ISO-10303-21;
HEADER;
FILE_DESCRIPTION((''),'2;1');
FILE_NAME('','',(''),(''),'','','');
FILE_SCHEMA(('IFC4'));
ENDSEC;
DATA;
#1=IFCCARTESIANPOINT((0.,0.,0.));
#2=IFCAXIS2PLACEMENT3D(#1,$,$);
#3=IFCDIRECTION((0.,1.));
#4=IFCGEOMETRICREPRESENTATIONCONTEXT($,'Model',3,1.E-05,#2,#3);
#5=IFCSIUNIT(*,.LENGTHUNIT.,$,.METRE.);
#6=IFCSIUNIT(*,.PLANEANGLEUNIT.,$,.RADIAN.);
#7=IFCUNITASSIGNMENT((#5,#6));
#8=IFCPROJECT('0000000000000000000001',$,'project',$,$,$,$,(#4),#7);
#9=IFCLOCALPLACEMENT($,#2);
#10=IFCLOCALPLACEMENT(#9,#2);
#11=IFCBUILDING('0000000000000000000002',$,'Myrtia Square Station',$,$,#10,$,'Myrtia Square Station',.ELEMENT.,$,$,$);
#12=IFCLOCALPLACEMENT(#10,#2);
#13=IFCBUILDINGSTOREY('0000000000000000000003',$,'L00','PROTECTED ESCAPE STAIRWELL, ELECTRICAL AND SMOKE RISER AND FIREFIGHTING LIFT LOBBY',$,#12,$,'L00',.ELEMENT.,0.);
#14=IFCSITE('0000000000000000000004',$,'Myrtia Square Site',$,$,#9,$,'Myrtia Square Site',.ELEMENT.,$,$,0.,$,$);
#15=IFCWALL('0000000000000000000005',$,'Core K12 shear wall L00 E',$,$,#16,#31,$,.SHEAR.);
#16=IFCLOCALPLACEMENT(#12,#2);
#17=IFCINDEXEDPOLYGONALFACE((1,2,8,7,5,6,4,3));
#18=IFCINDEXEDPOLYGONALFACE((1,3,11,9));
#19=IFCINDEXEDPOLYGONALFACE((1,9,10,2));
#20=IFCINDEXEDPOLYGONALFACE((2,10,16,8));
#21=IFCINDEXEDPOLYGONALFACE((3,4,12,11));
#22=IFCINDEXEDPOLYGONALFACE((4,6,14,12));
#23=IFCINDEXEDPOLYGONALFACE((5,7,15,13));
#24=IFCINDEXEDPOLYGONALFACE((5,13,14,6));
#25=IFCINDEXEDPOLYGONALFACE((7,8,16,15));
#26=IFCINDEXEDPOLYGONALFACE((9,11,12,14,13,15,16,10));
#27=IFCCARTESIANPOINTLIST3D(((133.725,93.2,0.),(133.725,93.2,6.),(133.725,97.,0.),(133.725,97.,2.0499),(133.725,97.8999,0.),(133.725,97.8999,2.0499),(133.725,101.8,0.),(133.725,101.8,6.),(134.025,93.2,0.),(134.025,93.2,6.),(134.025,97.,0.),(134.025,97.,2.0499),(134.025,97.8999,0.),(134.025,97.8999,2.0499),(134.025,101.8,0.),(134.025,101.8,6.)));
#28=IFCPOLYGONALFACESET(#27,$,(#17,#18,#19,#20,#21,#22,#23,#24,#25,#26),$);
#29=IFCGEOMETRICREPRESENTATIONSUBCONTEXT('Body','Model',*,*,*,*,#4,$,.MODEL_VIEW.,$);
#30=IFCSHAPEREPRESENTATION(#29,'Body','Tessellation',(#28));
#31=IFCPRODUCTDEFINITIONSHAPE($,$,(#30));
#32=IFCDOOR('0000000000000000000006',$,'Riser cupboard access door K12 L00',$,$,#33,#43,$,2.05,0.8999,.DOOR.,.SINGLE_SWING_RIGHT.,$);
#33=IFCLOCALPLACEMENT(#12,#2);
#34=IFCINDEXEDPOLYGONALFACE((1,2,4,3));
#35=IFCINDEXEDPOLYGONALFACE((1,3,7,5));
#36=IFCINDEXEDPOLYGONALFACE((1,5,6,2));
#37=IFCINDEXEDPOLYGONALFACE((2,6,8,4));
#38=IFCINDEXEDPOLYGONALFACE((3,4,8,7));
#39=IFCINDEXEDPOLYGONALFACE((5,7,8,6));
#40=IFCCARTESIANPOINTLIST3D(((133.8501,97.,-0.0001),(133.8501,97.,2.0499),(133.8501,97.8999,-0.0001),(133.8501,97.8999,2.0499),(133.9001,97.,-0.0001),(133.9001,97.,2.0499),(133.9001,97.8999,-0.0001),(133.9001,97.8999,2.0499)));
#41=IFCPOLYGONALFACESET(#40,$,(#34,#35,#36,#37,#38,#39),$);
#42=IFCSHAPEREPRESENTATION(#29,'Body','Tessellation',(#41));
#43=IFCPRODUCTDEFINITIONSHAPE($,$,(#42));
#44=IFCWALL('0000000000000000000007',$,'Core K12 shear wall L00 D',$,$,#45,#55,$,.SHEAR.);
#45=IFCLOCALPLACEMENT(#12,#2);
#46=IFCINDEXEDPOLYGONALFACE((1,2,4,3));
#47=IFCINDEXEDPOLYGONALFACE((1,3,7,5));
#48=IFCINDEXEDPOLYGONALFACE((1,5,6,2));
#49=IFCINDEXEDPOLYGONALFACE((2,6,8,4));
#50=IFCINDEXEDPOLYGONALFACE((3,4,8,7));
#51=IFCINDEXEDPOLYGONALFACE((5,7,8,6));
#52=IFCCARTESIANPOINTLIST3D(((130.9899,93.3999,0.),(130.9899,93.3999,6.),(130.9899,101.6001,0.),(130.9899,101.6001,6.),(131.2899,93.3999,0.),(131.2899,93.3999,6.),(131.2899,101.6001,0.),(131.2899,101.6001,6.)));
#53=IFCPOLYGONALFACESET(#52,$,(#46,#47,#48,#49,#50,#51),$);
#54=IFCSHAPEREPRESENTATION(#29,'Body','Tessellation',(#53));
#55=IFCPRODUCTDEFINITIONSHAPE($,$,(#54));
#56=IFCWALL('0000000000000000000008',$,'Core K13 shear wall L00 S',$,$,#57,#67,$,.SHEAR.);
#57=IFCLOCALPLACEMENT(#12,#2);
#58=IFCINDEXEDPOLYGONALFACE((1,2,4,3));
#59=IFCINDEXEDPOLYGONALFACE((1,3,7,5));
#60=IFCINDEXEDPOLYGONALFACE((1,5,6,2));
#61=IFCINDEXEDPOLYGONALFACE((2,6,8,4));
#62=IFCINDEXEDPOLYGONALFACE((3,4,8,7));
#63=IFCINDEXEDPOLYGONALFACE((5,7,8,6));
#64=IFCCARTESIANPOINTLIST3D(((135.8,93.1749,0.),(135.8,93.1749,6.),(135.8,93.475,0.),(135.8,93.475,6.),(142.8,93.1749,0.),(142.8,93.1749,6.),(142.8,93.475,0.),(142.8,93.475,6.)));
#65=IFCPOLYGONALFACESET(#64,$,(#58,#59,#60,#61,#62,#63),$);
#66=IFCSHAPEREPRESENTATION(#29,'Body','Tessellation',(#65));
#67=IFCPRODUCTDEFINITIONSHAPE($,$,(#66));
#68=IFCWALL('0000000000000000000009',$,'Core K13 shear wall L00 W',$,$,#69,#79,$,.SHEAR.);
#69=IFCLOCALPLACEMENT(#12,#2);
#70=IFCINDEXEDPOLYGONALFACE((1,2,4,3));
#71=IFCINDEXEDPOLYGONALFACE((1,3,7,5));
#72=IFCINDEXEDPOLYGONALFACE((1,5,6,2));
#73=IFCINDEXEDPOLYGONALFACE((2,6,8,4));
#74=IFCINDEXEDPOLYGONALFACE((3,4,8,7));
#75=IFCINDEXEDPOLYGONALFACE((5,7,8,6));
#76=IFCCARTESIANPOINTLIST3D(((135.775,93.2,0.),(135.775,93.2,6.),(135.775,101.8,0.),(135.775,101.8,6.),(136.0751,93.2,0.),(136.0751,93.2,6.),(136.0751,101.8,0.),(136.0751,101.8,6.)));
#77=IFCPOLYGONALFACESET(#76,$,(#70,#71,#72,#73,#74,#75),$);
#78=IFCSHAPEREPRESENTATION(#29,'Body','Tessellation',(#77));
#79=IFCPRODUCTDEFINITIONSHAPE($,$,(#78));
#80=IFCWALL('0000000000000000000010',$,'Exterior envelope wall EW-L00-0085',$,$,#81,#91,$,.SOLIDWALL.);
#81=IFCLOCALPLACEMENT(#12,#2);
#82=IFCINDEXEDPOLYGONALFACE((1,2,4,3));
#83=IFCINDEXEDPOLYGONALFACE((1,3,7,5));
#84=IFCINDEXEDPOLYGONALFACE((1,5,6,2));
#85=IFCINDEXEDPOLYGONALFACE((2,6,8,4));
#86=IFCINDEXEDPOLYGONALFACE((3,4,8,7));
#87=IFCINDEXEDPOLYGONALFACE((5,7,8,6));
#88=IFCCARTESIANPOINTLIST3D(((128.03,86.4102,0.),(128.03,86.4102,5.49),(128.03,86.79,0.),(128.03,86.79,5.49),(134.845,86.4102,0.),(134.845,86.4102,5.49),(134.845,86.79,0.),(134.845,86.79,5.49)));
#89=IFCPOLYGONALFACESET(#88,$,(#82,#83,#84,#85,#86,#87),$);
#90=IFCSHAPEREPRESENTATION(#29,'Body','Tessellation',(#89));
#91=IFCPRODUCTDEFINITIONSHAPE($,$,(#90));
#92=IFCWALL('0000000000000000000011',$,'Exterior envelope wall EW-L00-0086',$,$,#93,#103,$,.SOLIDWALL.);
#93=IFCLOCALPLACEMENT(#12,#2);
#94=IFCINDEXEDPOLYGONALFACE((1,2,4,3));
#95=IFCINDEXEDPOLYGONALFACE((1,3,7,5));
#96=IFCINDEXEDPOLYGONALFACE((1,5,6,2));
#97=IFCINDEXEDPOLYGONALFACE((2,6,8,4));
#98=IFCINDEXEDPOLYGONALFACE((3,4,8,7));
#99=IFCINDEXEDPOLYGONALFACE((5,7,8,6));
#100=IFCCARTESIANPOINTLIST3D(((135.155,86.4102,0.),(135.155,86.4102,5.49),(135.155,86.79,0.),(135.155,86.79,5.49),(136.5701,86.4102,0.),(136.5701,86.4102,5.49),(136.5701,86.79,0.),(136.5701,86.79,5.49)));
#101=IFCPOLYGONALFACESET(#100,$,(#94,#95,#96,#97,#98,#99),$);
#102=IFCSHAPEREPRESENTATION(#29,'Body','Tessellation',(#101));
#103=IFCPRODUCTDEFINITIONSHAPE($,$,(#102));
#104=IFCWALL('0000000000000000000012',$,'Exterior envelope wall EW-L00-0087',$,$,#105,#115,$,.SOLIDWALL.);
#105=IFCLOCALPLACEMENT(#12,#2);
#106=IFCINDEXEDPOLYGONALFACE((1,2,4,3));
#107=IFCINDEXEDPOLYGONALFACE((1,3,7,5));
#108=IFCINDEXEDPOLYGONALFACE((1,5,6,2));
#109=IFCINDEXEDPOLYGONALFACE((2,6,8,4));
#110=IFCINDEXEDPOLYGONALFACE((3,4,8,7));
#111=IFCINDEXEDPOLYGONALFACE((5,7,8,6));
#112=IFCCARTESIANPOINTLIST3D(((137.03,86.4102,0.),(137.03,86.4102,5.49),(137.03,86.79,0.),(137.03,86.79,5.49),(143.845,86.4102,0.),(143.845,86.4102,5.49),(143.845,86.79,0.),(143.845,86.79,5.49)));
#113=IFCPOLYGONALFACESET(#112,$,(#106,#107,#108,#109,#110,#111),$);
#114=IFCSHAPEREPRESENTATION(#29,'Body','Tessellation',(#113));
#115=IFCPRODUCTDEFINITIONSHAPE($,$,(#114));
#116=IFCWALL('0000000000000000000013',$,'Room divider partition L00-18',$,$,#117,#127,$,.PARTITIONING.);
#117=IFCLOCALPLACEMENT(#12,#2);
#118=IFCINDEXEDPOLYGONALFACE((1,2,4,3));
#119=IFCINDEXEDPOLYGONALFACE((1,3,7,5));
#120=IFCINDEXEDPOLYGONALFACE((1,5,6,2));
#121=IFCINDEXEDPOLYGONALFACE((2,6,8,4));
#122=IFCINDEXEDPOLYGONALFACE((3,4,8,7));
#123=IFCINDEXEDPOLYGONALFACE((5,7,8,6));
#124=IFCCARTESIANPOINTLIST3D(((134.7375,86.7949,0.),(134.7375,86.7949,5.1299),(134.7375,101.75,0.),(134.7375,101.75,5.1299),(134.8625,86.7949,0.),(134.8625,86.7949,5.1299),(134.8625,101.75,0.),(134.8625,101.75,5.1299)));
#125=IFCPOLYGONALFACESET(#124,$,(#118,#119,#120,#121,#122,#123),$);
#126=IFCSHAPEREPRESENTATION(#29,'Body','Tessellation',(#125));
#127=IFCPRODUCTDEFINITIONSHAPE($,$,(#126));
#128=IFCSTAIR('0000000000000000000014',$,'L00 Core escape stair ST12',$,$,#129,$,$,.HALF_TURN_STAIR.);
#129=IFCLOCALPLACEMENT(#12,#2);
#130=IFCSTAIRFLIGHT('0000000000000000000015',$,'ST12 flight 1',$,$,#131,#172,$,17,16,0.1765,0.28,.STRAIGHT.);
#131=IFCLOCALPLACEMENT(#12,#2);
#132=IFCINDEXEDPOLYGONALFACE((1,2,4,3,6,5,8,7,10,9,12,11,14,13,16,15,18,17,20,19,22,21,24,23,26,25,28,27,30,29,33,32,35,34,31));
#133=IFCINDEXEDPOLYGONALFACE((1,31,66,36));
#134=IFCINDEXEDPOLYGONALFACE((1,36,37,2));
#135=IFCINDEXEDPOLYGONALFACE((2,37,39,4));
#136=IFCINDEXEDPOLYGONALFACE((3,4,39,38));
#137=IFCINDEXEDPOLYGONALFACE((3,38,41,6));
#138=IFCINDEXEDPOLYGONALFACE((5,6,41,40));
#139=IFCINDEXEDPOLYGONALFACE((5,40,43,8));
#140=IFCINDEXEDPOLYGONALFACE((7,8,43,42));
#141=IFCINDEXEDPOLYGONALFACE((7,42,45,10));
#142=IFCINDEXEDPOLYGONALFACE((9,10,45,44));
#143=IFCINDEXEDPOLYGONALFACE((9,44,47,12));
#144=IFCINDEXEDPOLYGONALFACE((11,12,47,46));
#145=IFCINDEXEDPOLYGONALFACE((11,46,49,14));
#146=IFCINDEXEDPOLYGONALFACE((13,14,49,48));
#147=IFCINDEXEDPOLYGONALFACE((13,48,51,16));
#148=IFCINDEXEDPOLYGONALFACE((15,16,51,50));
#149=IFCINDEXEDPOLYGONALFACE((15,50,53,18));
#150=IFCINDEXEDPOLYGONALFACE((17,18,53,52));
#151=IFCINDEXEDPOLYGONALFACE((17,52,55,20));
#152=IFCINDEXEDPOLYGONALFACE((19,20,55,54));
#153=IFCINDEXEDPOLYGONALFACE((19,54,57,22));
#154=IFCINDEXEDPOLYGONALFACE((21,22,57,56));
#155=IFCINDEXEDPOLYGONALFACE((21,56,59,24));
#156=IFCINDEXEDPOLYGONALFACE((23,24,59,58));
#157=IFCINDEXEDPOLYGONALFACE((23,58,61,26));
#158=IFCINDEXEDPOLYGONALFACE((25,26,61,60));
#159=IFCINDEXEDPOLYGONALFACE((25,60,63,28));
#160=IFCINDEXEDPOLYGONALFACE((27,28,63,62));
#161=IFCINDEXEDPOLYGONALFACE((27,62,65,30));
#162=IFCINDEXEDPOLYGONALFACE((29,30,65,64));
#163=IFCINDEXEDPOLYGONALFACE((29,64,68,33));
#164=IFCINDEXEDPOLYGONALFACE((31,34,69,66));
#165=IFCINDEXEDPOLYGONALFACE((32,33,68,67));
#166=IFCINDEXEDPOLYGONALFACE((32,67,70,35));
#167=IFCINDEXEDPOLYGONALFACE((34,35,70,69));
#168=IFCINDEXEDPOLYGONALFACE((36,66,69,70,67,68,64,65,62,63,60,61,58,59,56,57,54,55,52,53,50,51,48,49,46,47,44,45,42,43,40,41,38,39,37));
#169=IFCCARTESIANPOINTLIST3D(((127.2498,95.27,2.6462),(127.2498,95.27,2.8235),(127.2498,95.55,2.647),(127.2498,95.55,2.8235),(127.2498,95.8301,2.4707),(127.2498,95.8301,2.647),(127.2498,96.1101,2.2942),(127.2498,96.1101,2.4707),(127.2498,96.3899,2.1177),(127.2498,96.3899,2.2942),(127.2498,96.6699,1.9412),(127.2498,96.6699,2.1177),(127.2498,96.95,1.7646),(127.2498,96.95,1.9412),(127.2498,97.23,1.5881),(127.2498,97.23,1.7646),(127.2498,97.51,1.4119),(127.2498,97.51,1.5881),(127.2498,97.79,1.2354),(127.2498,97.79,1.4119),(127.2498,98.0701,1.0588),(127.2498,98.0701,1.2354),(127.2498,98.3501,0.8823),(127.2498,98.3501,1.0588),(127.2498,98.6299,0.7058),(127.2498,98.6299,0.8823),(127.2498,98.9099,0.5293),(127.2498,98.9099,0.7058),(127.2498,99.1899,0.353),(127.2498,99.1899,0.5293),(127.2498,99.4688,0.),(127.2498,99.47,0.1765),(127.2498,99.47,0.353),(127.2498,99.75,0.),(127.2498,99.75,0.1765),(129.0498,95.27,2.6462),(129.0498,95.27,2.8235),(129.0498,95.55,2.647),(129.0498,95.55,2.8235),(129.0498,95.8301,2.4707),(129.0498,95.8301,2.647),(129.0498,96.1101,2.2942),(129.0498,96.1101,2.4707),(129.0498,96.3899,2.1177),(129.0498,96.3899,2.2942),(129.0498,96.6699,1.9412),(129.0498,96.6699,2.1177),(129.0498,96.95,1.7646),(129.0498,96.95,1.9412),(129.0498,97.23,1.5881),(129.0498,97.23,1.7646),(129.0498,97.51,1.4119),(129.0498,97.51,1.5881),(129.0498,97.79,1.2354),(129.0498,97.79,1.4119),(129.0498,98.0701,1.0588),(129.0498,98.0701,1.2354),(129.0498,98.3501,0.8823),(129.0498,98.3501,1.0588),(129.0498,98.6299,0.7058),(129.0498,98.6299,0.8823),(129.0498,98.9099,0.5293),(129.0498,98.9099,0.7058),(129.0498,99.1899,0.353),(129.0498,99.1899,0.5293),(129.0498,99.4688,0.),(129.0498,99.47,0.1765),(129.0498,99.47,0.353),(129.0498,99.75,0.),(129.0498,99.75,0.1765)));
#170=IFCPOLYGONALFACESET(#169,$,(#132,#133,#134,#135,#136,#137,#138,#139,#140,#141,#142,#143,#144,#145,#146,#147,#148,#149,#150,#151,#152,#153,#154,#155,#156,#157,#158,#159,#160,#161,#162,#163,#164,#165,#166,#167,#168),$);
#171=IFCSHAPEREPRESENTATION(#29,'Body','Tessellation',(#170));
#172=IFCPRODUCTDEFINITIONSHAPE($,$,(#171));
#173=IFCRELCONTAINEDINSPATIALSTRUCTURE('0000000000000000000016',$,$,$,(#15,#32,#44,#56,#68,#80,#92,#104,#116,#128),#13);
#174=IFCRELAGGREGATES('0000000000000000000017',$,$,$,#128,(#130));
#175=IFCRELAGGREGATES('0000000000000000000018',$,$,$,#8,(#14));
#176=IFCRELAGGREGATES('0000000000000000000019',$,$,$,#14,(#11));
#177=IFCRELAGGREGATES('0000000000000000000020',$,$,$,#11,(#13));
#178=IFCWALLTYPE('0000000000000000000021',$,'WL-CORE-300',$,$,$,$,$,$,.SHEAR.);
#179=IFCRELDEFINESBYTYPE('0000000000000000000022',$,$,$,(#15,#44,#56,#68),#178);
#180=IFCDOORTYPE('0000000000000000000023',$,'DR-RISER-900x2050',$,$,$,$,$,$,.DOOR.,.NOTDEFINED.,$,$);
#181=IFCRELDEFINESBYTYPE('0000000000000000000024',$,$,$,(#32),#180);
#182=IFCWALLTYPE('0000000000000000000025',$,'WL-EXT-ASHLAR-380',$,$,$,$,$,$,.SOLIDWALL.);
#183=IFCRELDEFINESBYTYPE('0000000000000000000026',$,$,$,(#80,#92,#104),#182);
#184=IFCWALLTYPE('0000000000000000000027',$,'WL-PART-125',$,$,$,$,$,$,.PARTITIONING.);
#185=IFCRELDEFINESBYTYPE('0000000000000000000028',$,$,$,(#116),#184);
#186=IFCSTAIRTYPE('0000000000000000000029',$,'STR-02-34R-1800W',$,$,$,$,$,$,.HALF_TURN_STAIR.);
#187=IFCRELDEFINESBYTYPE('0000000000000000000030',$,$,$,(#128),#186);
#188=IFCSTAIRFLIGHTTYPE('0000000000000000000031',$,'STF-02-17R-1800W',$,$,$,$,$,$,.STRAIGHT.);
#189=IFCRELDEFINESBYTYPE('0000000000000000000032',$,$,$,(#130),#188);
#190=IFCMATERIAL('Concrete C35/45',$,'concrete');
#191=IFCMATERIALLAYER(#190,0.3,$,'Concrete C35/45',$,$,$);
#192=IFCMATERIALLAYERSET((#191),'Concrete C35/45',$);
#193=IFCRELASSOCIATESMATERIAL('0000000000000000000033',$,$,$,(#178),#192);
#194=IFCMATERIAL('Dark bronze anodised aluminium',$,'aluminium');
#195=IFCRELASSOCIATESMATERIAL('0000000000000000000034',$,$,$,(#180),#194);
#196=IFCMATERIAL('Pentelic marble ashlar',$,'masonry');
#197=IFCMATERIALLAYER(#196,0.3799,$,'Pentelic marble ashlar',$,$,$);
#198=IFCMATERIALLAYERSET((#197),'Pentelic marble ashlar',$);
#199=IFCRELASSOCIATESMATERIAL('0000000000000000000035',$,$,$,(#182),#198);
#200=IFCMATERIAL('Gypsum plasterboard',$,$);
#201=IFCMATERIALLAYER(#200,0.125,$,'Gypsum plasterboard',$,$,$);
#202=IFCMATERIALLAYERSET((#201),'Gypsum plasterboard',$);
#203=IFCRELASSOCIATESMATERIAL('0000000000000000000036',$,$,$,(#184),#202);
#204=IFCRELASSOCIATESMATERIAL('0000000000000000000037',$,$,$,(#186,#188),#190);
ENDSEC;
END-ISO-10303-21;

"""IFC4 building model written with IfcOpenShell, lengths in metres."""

from ifc_helpers import new_model, si_unit, direction, frame, frame_2d, origin, place, context, subcontext, project, spatial, polyline, rectangle, outline, extrude, material, layer, layer_set, type_object, element, fill, aggregate, save


model = new_model("IFC4")

# Units and contexts
model_context = context("Model", 3, precision=1e-05, world=origin(), true_north=direction((0.0, 1.0)))
body_context = subcontext(model_context, "Body", "Model", "MODEL_VIEW")
ifc_project = project(units=[si_unit("LENGTHUNIT", "METRE"), si_unit("PLANEANGLEUNIT", "RADIAN")], contexts=[model_context])

# Site, building, storey
site_placement = place(None, origin())
site = spatial("IfcSite", under=ifc_project, at=site_placement, Name="Myrtia Square Site", LongName="Myrtia Square Site", CompositionType="ELEMENT", RefElevation=0.0)
building_placement = place(site_placement, origin())
building = spatial("IfcBuilding", under=site, at=building_placement, Name="Myrtia Square Station", LongName="Myrtia Square Station", CompositionType="ELEMENT")
storey_placement = place(building_placement, origin())
storey = spatial("IfcBuildingStorey", under=building, at=storey_placement, Name="L00", Description="PROTECTED ESCAPE STAIRWELL, ELECTRICAL AND SMOKE RISER AND FIREFIGHTING LIFT LOBBY", LongName="L00", CompositionType="ELEMENT", Elevation=0.0)

# Shared definitions
ifc_material_1 = material(Name="Concrete C35/45", Category="concrete")
ifc_layer_1 = layer(ifc_material_1, 0.3, Name="Concrete C35/45")
ifc_layer_set_1 = layer_set([ifc_layer_1], Name="Concrete C35/45")
wall_type_1 = type_object("IfcWallType", Name="WL-CORE-300", PredefinedType="SHEAR", material=ifc_layer_set_1)

# Wall, opening, door
wall_1_placement = place(storey_placement, frame((133.875, 93.2, 0.0), z_axis=(0.0, 0.0, 1.0), x_axis=(0.0, 1.0, 0.0)))
wall_1 = element("IfcWall", 1, at=wall_1_placement, inside=storey, type_object=wall_type_1, Name="Core K12 shear wall L00 E", PredefinedType="SHEAR", context=body_context, shape_type="SweptSolid", body=[
    extrude(rectangle(XDim=8.6001, YDim=0.3, at=frame_2d((4.3, 0.0))), origin(), (0.0, 0.0, 1.0), 6.0),
])
opening_placement = place(wall_1_placement, frame((3.8, 0.0, 0.0)))
opening = element("IfcOpeningElement", 2, at=opening_placement, cuts=wall_1, PredefinedType="OPENING", context=body_context, shape_type="SweptSolid", body=[
    extrude(rectangle(XDim=0.8999, YDim=2.05, at=frame_2d((0.45, 1.0249))), frame((0.0, 0.165, 0.0), z_axis=(0.0, -1.0, 0.0), x_axis=(1.0, 0.0, 0.0)), (0.0, 0.0, 1.0), 0.3301),
])
ifc_material_2 = material(Name="Dark bronze anodised aluminium", Category="aluminium")
door_type = type_object("IfcDoorType", Name="DR-RISER-900x2050", OperationType="NOTDEFINED", PredefinedType="DOOR", material=ifc_material_2)
door_placement = place(opening_placement, origin())
door = element("IfcDoor", 3, at=door_placement, inside=storey, type_object=door_type, Name="Riser cupboard access door K12 L00", OperationType="SINGLE_SWING_RIGHT", OverallHeight=2.05, OverallWidth=0.8999, PredefinedType="DOOR", context=body_context, shape_type="SweptSolid", body=[
    extrude(rectangle(XDim=0.8999, YDim=2.05, at=frame_2d((0.45, 1.0249))), frame((0.0, 0.0249, 0.0), z_axis=(0.0, -1.0, 0.0), x_axis=(1.0, 0.0, 0.0)), (0.0, 0.0, 1.0), 0.05),
])
fill(opening, door)

# Walls
wall_2_placement = place(storey_placement, frame((131.1399, 93.3999, 0.0), z_axis=(0.0, 0.0, 1.0), x_axis=(0.0, 1.0, 0.0)))
element("IfcWall", 4, at=wall_2_placement, inside=storey, type_object=wall_type_1, Name="Core K12 shear wall L00 D", PredefinedType="SHEAR", context=body_context, shape_type="SweptSolid", body=[
    extrude(rectangle(XDim=8.2002, YDim=0.3, at=frame_2d((4.1001, 0.0))), origin(), (0.0, 0.0, 1.0), 6.0),
])
wall_3_placement = place(storey_placement, frame((135.8, 93.325, 0.0), z_axis=(0.0, 0.0, 1.0), x_axis=(1.0, 0.0, 0.0)))
element("IfcWall", 5, at=wall_3_placement, inside=storey, type_object=wall_type_1, Name="Core K13 shear wall L00 S", PredefinedType="SHEAR", context=body_context, shape_type="SweptSolid", body=[
    extrude(rectangle(XDim=7.0, YDim=0.3, at=frame_2d((3.5, 0.0))), origin(), (0.0, 0.0, 1.0), 6.0),
])
wall_4_placement = place(storey_placement, frame((135.925, 93.2, 0.0), z_axis=(0.0, 0.0, 1.0), x_axis=(0.0, 1.0, 0.0)))
element("IfcWall", 6, at=wall_4_placement, inside=storey, type_object=wall_type_1, Name="Core K13 shear wall L00 W", PredefinedType="SHEAR", context=body_context, shape_type="SweptSolid", body=[
    extrude(rectangle(XDim=8.6001, YDim=0.3, at=frame_2d((4.3, 0.0))), origin(), (0.0, 0.0, 1.0), 6.0),
])
ifc_material_3 = material(Name="Pentelic marble ashlar", Category="masonry")
ifc_layer_2 = layer(ifc_material_3, 0.3799, Name="Pentelic marble ashlar")
ifc_layer_set_2 = layer_set([ifc_layer_2], Name="Pentelic marble ashlar")
wall_type_2 = type_object("IfcWallType", Name="WL-EXT-ASHLAR-380", PredefinedType="SOLIDWALL", material=ifc_layer_set_2)
wall_5_placement = place(storey_placement, frame((128.03, 86.6001, 0.0), z_axis=(0.0, 0.0, 1.0), x_axis=(1.0, 0.0, 0.0)))
element("IfcWall", 7, at=wall_5_placement, inside=storey, type_object=wall_type_2, Name="Exterior envelope wall EW-L00-0085", PredefinedType="SOLIDWALL", context=body_context, shape_type="SweptSolid", body=[
    extrude(rectangle(XDim=6.8149, YDim=0.3799, at=frame_2d((3.4075, 0.0))), origin(), (0.0, 0.0, 1.0), 5.49),
])
wall_6_placement = place(storey_placement, frame((135.155, 86.6001, 0.0), z_axis=(0.0, 0.0, 1.0), x_axis=(1.0, 0.0, 0.0)))
element("IfcWall", 8, at=wall_6_placement, inside=storey, type_object=wall_type_2, Name="Exterior envelope wall EW-L00-0086", PredefinedType="SOLIDWALL", context=body_context, shape_type="SweptSolid", body=[
    extrude(rectangle(XDim=1.415, YDim=0.3799, at=frame_2d((0.7075, 0.0))), origin(), (0.0, 0.0, 1.0), 5.49),
])
wall_7_placement = place(storey_placement, frame((137.03, 86.6001, 0.0), z_axis=(0.0, 0.0, 1.0), x_axis=(1.0, 0.0, 0.0)))
element("IfcWall", 9, at=wall_7_placement, inside=storey, type_object=wall_type_2, Name="Exterior envelope wall EW-L00-0087", PredefinedType="SOLIDWALL", context=body_context, shape_type="SweptSolid", body=[
    extrude(rectangle(XDim=6.8149, YDim=0.3799, at=frame_2d((3.4075, 0.0))), origin(), (0.0, 0.0, 1.0), 5.49),
])
ifc_material_4 = material(Name="Gypsum plasterboard")
ifc_layer_3 = layer(ifc_material_4, 0.125, Name="Gypsum plasterboard")
ifc_layer_set_3 = layer_set([ifc_layer_3], Name="Gypsum plasterboard")
wall_type_3 = type_object("IfcWallType", Name="WL-PART-125", PredefinedType="PARTITIONING", material=ifc_layer_set_3)
wall_8_placement = place(storey_placement, frame((134.8, 86.7949, 0.0), z_axis=(0.0, 0.0, 1.0), x_axis=(0.0, 1.0, 0.0)))
element("IfcWall", 10, at=wall_8_placement, inside=storey, type_object=wall_type_3, Name="Room divider partition L00-18", PredefinedType="PARTITIONING", context=body_context, shape_type="SweptSolid", body=[
    extrude(rectangle(XDim=14.9551, YDim=0.125, at=frame_2d((7.4775, 0.0))), origin(), (0.0, 0.0, 1.0), 5.1299),
])

# Stair, stair flight
stair_type = type_object("IfcStairType", Name="STR-02-34R-1800W", PredefinedType="HALF_TURN_STAIR", material=ifc_material_1)
stair_1_placement = place(storey_placement, origin())
stair_1 = element("IfcStair", 11, at=stair_1_placement, inside=storey, type_object=stair_type, Name="L00 Core escape stair ST12", PredefinedType="HALF_TURN_STAIR")
stair_flight_type = type_object("IfcStairFlightType", Name="STF-02-17R-1800W", PredefinedType="STRAIGHT", material=ifc_material_1)
stair_flight_1_placement = place(storey_placement, frame((128.1499, 99.75, 0.0), z_axis=(0.0, 0.0, 1.0), x_axis=(0.0, -1.0, 0.0)))
stair_flight_1 = element("IfcStairFlight", 12, at=stair_flight_1_placement, type_object=stair_flight_type, Name="ST12 flight 1", NumberOfRisers=17, NumberOfTreads=16, PredefinedType="STRAIGHT", RiserHeight=0.1765, TreadLength=0.28, context=body_context, shape_type="SweptSolid", body=[
    extrude(outline(polyline([(0.0, 0.0), (0.0, 0.1765), (0.28, 0.1765), (0.28, 0.353), (0.5601, 0.353), (0.5601, 0.5293), (0.8401, 0.5293), (0.8401, 0.7058), (1.1201, 0.7058), (1.1201, 0.8823), (1.3999, 0.8823), (1.3999, 1.0588), (1.6799, 1.0588), (1.6799, 1.2354), (1.96, 1.2354), (1.96, 1.4119), (2.24, 1.4119), (2.24, 1.5881), (2.52, 1.5881), (2.52, 1.7646), (2.8, 1.7646), (2.8, 1.9412), (3.0801, 1.9412), (3.0801, 2.1177), (3.3601, 2.1177), (3.3601, 2.2942), (3.6399, 2.2942), (3.6399, 2.4707), (3.9199, 2.4707), (3.9199, 2.647), (4.2, 2.647), (4.2, 2.8235), (4.48, 2.8235), (4.48, 3.0), (4.48, 2.6462), (0.2812, 0.0), (0.0, 0.0)])), frame((0.0, 0.8999, 0.0), z_axis=(0.0, -1.0, 0.0), x_axis=(1.0, 0.0, 0.0)), (0.0, 0.0, 1.0), 1.8),
])
aggregate(stair_1, [stair_flight_1])

save(model, "model.ifc")
